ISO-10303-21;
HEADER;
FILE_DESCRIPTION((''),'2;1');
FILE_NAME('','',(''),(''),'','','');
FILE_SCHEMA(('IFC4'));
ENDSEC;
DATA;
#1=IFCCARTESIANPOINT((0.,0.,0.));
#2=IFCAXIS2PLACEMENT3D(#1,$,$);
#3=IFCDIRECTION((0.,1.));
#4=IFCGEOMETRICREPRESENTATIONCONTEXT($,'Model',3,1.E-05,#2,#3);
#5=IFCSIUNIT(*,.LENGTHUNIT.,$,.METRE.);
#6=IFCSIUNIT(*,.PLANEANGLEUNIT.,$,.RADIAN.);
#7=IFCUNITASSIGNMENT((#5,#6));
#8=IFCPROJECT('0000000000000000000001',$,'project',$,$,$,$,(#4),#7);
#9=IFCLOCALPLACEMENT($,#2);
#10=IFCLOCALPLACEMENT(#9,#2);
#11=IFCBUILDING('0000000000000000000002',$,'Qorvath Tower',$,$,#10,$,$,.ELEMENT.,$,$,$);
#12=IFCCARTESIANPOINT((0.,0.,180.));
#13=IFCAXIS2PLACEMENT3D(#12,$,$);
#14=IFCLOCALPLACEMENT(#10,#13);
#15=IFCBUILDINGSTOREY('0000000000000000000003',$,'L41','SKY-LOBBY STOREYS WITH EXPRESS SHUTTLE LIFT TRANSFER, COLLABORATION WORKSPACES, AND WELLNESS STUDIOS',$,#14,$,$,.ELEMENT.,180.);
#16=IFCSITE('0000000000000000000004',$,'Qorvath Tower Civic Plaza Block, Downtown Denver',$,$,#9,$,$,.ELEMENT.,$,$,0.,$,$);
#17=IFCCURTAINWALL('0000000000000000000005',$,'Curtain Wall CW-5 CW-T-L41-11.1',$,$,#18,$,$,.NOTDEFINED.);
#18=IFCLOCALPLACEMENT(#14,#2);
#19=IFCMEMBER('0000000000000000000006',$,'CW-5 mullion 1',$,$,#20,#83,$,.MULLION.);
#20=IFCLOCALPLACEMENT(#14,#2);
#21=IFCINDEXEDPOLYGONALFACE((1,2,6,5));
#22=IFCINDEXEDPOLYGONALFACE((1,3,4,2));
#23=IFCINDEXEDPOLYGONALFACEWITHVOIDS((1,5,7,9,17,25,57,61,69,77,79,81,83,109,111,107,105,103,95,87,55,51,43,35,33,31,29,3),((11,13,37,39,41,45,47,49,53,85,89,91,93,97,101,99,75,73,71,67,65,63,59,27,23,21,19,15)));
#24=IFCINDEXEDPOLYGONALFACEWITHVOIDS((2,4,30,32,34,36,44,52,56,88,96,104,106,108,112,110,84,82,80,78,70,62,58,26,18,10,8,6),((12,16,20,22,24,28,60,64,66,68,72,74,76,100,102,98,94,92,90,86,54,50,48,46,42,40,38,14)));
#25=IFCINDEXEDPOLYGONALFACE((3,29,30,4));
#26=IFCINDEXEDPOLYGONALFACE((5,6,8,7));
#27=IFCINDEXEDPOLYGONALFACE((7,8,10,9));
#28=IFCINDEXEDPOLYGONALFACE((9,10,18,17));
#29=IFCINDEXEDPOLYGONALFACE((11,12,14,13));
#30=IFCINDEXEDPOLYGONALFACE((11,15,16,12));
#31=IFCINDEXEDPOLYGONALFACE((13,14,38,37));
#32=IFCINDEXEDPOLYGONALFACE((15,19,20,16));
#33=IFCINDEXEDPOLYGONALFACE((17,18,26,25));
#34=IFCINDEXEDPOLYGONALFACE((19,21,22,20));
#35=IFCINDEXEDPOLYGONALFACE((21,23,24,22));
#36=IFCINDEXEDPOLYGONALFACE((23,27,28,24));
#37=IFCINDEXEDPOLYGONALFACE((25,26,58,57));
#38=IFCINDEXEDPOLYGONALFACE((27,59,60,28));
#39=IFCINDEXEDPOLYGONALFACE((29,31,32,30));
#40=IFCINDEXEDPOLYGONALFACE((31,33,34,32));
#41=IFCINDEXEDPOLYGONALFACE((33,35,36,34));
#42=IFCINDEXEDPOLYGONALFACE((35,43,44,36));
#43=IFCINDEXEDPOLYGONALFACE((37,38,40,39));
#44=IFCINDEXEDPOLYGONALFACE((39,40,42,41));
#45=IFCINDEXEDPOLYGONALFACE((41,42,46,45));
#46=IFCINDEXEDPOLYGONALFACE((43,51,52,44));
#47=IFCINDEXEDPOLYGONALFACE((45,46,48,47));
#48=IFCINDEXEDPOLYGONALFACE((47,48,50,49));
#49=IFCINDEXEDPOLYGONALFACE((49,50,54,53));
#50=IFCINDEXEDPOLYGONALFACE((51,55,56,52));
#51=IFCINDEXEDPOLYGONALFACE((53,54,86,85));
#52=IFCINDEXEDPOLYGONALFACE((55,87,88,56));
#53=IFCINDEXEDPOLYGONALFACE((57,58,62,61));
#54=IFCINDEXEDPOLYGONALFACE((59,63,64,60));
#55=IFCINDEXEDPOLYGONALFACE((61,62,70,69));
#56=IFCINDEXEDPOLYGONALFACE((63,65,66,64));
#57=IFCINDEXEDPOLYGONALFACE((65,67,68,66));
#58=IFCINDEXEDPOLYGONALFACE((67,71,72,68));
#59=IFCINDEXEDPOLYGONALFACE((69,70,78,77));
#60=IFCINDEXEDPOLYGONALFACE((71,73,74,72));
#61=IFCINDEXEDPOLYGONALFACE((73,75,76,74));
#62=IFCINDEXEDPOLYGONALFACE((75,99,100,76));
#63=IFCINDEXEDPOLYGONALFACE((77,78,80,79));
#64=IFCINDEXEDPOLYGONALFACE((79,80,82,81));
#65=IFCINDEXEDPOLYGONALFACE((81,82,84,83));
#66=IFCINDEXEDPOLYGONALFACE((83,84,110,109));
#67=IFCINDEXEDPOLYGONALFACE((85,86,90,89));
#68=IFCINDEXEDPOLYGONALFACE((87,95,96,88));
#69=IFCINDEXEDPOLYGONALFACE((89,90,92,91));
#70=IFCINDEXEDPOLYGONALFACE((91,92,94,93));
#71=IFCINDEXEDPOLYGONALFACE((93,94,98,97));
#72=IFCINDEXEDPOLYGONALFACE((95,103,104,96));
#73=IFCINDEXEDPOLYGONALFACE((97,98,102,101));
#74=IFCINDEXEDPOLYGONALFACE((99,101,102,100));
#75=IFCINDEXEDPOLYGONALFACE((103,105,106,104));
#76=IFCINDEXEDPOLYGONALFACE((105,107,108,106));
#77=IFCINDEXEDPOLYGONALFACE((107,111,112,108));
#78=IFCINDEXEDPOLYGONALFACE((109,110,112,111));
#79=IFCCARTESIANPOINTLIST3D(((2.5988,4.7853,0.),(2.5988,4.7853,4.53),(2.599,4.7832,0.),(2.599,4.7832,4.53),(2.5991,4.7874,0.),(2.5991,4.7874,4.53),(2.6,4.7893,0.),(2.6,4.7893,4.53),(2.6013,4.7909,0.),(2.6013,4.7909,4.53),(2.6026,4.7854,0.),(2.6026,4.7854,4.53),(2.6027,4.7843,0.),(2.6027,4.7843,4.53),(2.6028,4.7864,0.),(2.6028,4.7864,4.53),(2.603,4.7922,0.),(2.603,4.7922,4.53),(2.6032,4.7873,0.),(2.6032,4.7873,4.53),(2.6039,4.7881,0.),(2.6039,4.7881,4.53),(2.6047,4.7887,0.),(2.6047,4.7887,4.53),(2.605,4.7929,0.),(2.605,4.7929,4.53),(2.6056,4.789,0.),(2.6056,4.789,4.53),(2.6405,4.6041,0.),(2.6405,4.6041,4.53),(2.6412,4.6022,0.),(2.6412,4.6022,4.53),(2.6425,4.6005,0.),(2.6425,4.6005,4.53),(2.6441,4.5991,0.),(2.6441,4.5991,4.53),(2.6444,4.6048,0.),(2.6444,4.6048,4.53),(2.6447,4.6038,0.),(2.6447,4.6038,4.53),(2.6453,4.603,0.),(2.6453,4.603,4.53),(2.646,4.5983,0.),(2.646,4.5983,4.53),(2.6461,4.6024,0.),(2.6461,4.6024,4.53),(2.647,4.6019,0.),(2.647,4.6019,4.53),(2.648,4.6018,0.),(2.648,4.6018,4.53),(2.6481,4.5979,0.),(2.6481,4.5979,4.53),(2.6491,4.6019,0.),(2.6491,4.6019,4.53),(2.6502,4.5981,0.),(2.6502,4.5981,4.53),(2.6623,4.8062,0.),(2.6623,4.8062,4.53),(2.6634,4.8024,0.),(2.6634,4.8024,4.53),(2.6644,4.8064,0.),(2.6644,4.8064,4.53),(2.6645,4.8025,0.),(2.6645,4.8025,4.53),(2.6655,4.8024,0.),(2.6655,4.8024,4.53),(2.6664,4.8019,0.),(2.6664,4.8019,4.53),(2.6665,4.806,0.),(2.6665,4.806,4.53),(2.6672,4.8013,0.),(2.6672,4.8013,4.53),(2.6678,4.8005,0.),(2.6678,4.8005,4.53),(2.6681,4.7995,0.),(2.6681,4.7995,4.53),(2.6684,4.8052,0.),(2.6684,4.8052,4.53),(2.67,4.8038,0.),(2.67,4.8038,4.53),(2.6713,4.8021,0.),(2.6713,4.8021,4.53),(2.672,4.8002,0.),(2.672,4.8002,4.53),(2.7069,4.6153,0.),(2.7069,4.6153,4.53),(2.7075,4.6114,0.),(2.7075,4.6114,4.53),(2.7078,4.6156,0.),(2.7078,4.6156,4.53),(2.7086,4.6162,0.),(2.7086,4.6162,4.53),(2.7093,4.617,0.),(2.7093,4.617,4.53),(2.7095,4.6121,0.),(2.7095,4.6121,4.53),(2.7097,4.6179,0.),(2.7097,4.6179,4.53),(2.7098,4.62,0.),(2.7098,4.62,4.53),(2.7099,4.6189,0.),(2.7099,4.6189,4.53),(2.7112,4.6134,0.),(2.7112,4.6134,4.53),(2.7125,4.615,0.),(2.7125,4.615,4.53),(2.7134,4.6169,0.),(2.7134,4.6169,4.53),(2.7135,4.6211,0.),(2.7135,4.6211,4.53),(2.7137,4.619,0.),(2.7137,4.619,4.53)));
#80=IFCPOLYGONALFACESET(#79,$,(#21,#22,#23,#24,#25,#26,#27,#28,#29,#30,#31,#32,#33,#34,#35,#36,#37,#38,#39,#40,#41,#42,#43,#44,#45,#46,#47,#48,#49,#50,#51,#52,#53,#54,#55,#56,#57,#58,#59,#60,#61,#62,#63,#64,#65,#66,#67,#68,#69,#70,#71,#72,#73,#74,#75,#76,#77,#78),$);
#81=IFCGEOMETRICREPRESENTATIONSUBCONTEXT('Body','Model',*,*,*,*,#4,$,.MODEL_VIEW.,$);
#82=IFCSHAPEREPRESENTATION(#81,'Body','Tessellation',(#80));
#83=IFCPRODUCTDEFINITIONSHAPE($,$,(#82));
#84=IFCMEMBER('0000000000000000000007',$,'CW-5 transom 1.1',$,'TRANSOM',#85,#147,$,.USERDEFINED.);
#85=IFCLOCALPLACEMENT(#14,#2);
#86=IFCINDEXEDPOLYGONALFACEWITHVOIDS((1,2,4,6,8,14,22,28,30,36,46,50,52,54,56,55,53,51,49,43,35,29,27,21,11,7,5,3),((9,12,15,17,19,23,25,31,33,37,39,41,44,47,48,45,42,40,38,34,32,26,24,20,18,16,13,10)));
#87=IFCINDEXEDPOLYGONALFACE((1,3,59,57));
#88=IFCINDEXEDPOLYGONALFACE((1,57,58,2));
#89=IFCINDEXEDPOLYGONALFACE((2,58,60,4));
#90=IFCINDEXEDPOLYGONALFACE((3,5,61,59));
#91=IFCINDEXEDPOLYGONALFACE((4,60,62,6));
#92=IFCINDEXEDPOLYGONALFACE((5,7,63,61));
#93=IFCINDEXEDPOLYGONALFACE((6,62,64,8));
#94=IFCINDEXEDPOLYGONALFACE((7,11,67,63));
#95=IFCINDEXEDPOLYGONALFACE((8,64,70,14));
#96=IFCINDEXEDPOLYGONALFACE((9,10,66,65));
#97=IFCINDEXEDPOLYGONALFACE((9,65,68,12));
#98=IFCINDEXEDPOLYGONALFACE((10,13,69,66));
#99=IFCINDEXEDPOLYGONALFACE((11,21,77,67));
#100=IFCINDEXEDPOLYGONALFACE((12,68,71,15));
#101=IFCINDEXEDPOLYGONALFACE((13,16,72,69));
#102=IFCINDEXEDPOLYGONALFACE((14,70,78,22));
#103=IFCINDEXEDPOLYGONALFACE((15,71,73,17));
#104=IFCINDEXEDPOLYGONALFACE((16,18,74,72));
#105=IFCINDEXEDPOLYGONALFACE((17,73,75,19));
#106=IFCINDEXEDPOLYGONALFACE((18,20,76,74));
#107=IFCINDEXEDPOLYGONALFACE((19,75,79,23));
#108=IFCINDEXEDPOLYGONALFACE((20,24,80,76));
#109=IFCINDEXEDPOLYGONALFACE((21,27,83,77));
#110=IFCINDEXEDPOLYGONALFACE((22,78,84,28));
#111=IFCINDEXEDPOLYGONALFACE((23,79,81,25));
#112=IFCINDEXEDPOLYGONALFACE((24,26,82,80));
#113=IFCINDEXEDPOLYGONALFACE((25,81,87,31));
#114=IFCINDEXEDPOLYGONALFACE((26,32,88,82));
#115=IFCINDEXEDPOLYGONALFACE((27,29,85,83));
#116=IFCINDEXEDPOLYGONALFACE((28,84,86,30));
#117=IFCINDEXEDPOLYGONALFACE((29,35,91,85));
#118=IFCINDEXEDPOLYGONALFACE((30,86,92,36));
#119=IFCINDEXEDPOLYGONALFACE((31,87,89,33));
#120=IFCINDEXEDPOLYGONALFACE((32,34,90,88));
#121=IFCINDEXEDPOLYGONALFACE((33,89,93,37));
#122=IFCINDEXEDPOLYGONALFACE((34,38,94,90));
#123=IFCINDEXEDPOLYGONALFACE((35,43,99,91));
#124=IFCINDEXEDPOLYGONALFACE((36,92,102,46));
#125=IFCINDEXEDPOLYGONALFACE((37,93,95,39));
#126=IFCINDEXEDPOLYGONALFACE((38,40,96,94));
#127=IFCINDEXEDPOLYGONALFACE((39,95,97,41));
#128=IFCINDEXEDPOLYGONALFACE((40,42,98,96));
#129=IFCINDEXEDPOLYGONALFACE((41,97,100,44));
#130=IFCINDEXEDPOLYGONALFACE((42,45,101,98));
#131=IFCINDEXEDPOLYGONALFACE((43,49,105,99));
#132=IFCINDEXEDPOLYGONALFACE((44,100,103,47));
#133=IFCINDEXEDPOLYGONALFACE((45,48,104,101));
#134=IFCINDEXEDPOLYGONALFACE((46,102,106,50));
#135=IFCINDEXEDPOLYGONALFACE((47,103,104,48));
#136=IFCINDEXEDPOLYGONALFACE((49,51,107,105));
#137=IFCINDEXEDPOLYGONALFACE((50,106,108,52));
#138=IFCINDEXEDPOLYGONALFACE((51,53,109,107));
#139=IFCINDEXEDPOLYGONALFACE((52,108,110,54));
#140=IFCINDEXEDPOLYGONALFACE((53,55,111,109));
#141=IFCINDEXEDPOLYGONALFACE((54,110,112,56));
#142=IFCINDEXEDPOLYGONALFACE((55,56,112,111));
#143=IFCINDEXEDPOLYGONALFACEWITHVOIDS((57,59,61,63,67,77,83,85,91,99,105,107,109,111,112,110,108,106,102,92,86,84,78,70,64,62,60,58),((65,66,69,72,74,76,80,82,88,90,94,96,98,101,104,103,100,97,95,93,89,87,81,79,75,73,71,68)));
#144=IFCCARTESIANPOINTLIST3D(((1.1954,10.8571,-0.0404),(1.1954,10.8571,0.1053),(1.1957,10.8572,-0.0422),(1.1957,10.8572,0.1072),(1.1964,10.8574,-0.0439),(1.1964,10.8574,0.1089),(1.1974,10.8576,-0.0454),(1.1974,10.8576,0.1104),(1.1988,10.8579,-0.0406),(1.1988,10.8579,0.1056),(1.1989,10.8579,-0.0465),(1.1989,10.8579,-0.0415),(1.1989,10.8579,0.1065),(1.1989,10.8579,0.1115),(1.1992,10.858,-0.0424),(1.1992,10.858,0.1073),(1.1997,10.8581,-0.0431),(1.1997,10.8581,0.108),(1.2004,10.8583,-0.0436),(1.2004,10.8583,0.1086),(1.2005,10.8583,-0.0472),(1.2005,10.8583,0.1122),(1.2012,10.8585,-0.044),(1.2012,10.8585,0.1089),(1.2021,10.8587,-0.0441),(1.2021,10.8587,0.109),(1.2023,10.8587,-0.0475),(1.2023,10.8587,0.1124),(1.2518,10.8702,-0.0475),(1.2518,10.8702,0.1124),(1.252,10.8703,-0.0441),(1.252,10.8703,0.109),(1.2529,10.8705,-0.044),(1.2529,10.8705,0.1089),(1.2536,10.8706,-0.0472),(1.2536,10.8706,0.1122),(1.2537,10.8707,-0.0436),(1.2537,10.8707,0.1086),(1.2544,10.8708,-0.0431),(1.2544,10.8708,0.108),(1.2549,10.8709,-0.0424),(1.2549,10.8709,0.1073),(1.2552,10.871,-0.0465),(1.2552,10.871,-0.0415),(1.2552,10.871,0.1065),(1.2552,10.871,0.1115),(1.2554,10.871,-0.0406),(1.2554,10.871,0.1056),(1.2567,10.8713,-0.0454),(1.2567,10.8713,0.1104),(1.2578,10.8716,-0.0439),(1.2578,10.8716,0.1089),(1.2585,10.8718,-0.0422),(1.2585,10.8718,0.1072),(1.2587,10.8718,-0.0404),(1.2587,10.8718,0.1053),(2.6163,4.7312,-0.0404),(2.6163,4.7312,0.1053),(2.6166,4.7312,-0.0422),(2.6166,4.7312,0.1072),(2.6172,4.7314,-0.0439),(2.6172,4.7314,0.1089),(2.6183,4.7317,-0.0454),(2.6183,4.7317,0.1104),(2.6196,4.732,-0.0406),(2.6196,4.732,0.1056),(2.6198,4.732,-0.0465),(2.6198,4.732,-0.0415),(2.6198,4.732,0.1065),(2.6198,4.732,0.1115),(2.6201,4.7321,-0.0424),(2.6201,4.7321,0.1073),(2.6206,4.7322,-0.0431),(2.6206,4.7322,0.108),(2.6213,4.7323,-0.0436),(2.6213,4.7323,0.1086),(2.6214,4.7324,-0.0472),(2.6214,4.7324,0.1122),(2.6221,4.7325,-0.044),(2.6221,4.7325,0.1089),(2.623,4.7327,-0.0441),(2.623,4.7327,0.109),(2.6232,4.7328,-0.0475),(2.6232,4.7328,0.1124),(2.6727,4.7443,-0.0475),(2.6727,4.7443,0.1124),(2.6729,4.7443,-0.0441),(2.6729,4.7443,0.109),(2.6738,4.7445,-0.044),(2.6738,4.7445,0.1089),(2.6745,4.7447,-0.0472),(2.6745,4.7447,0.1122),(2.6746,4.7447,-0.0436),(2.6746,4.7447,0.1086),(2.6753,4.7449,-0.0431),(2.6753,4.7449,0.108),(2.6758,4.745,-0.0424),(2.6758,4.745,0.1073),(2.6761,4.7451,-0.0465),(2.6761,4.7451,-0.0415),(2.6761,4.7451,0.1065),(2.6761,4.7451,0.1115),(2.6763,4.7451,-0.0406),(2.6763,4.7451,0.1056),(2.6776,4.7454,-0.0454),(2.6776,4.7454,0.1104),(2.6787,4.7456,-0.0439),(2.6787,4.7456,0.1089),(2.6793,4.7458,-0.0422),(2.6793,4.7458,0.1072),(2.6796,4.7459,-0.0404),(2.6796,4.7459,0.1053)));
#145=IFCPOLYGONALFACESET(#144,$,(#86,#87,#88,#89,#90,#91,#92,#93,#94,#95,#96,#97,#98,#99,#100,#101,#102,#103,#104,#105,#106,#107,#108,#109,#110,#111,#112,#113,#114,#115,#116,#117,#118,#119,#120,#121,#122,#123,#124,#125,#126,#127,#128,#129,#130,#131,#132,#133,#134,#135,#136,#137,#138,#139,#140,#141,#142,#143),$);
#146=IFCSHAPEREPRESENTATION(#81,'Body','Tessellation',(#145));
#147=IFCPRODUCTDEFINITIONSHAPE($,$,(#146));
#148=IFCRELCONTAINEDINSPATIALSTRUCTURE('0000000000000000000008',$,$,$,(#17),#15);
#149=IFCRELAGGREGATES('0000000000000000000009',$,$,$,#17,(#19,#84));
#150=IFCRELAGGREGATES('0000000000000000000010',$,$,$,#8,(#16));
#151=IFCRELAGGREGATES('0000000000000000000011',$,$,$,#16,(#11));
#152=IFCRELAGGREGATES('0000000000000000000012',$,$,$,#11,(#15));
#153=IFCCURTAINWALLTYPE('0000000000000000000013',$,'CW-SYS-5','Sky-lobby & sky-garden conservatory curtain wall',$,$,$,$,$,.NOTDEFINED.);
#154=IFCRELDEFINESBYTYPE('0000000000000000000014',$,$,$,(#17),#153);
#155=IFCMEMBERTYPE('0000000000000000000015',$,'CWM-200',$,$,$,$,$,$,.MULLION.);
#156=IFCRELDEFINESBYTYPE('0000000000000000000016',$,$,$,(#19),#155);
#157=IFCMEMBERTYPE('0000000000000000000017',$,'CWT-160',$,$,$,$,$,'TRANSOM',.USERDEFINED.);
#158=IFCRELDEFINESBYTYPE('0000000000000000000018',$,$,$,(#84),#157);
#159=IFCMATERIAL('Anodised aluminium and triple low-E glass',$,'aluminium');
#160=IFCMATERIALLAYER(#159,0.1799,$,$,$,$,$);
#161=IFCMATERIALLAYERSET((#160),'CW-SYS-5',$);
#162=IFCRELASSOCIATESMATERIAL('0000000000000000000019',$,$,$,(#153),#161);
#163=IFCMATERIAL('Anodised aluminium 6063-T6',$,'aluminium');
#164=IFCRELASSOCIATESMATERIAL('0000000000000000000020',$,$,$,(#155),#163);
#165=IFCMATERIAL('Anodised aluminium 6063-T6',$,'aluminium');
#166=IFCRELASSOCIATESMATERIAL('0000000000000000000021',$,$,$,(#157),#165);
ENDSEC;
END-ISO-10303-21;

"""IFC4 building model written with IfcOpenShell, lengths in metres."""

from ifc_helpers import new_model, si_unit, direction, frame, origin, origin_2d, place, context, subcontext, project, spatial, hollow_rectangle, extrude, material, layer, layer_set, material_profile, profile_set, type_object, element, aggregate, save


model = new_model("IFC4")

# Units and contexts
model_context = context("Model", 3, precision=1e-05, world=origin(), true_north=direction((0.0, 1.0)))
body_context = subcontext(model_context, "Body", "Model", "MODEL_VIEW")
ifc_project = project(units=[si_unit("LENGTHUNIT", "METRE"), si_unit("PLANEANGLEUNIT", "RADIAN")], contexts=[model_context])

# Site, building, storey
site_placement = place(None, origin())
site = spatial("IfcSite", under=ifc_project, at=site_placement, Name="Qorvath Tower Civic Plaza Block, Downtown Denver", CompositionType="ELEMENT", RefElevation=0.0)
building_placement = place(site_placement, origin())
building = spatial("IfcBuilding", under=site, at=building_placement, Name="Qorvath Tower", CompositionType="ELEMENT")
storey_placement = place(building_placement, frame((0.0, 0.0, 180.0)))
storey = spatial("IfcBuildingStorey", under=building, at=storey_placement, Name="L41", Description="SKY-LOBBY STOREYS WITH EXPRESS SHUTTLE LIFT TRANSFER, COLLABORATION WORKSPACES, AND WELLNESS STUDIOS", CompositionType="ELEMENT", Elevation=180.0)

# Curtain wall, members
ifc_material_1 = material(Name="Anodised aluminium and triple low-E glass", Category="aluminium")
ifc_layer_1 = layer(ifc_material_1, 0.1799)
ifc_layer_set_1 = layer_set([ifc_layer_1], Name="CW-SYS-5")
curtain_wall_type = type_object("IfcCurtainWallType", Name="CW-SYS-5", Description="Sky-lobby & sky-garden conservatory curtain wall", PredefinedType="NOTDEFINED", material=ifc_layer_set_1)
curtain_wall_placement = place(storey_placement, origin())
curtain_wall = element("IfcCurtainWall", 1, at=curtain_wall_placement, inside=storey, type_object=curtain_wall_type, Name="Curtain Wall CW-5 CW-T-L41-11.1", PredefinedType="NOTDEFINED")
ifc_material_2 = material(Name="Anodised aluminium 6063-T6", Category="aluminium")
ifc_material_profile_1 = material_profile(ifc_material_2, hollow_rectangle(XDim=0.075, YDim=0.2, WallThickness=0.0039, InnerFilletRadius=0.0039, OuterFilletRadius=0.0081, at=origin_2d()), Name="CWM 200x75")
ifc_profile_set_1 = profile_set([ifc_material_profile_1], Name="Anodised aluminium 6063-T6")
member_type_1 = type_object("IfcMemberType", Name="CWM-200", PredefinedType="MULLION", material=ifc_profile_set_1)
member_1_placement = place(storey_placement, frame((2.6562, 4.7021, 0.0), z_axis=(0.0, 0.0, 1.0), x_axis=(-0.974145, -0.225923, 0.0)))
member_1 = element("IfcMember", 2, at=member_1_placement, type_object=member_type_1, Name="CW-5 mullion 1", PredefinedType="MULLION", context=body_context, shape_type="SweptSolid", body=[
    extrude(hollow_rectangle(XDim=0.075, YDim=0.2, WallThickness=0.0039, InnerFilletRadius=0.0039, OuterFilletRadius=0.0081, at=origin_2d()), origin(), (0.0, 0.0, 1.0), 4.53),
])
ifc_material_3 = material(Name="Anodised aluminium 6063-T6", Category="aluminium")
ifc_material_profile_2 = material_profile(ifc_material_3, hollow_rectangle(XDim=0.0649, YDim=0.1599, WallThickness=0.0034, InnerFilletRadius=0.0034, OuterFilletRadius=0.0071, at=origin_2d()), Name="CWT 160x65")
ifc_profile_set_2 = profile_set([ifc_material_profile_2], Name="Anodised aluminium 6063-T6")
member_type_2 = type_object("IfcMemberType", Name="CWT-160", ElementType="TRANSOM", PredefinedType="USERDEFINED", material=ifc_profile_set_2)
member_2_placement = place(storey_placement, frame((2.6479, 4.7385, 0.0325), z_axis=(-0.225948, 0.974139, 0.0), x_axis=(-0.974139, -0.225948, 0.0)))
member_2 = element("IfcMember", 3, at=member_2_placement, type_object=member_type_2, Name="CW-5 transom 1.1", ObjectType="TRANSOM", PredefinedType="USERDEFINED", context=body_context, shape_type="SweptSolid", body=[
    extrude(hollow_rectangle(XDim=0.0649, YDim=0.1599, WallThickness=0.0034, InnerFilletRadius=0.0034, OuterFilletRadius=0.0071, at=origin_2d()), origin(), (0.0, 0.0, 1.0), 6.2886),
])
aggregate(curtain_wall, [member_1, member_2])

save(model, "model.ifc")
